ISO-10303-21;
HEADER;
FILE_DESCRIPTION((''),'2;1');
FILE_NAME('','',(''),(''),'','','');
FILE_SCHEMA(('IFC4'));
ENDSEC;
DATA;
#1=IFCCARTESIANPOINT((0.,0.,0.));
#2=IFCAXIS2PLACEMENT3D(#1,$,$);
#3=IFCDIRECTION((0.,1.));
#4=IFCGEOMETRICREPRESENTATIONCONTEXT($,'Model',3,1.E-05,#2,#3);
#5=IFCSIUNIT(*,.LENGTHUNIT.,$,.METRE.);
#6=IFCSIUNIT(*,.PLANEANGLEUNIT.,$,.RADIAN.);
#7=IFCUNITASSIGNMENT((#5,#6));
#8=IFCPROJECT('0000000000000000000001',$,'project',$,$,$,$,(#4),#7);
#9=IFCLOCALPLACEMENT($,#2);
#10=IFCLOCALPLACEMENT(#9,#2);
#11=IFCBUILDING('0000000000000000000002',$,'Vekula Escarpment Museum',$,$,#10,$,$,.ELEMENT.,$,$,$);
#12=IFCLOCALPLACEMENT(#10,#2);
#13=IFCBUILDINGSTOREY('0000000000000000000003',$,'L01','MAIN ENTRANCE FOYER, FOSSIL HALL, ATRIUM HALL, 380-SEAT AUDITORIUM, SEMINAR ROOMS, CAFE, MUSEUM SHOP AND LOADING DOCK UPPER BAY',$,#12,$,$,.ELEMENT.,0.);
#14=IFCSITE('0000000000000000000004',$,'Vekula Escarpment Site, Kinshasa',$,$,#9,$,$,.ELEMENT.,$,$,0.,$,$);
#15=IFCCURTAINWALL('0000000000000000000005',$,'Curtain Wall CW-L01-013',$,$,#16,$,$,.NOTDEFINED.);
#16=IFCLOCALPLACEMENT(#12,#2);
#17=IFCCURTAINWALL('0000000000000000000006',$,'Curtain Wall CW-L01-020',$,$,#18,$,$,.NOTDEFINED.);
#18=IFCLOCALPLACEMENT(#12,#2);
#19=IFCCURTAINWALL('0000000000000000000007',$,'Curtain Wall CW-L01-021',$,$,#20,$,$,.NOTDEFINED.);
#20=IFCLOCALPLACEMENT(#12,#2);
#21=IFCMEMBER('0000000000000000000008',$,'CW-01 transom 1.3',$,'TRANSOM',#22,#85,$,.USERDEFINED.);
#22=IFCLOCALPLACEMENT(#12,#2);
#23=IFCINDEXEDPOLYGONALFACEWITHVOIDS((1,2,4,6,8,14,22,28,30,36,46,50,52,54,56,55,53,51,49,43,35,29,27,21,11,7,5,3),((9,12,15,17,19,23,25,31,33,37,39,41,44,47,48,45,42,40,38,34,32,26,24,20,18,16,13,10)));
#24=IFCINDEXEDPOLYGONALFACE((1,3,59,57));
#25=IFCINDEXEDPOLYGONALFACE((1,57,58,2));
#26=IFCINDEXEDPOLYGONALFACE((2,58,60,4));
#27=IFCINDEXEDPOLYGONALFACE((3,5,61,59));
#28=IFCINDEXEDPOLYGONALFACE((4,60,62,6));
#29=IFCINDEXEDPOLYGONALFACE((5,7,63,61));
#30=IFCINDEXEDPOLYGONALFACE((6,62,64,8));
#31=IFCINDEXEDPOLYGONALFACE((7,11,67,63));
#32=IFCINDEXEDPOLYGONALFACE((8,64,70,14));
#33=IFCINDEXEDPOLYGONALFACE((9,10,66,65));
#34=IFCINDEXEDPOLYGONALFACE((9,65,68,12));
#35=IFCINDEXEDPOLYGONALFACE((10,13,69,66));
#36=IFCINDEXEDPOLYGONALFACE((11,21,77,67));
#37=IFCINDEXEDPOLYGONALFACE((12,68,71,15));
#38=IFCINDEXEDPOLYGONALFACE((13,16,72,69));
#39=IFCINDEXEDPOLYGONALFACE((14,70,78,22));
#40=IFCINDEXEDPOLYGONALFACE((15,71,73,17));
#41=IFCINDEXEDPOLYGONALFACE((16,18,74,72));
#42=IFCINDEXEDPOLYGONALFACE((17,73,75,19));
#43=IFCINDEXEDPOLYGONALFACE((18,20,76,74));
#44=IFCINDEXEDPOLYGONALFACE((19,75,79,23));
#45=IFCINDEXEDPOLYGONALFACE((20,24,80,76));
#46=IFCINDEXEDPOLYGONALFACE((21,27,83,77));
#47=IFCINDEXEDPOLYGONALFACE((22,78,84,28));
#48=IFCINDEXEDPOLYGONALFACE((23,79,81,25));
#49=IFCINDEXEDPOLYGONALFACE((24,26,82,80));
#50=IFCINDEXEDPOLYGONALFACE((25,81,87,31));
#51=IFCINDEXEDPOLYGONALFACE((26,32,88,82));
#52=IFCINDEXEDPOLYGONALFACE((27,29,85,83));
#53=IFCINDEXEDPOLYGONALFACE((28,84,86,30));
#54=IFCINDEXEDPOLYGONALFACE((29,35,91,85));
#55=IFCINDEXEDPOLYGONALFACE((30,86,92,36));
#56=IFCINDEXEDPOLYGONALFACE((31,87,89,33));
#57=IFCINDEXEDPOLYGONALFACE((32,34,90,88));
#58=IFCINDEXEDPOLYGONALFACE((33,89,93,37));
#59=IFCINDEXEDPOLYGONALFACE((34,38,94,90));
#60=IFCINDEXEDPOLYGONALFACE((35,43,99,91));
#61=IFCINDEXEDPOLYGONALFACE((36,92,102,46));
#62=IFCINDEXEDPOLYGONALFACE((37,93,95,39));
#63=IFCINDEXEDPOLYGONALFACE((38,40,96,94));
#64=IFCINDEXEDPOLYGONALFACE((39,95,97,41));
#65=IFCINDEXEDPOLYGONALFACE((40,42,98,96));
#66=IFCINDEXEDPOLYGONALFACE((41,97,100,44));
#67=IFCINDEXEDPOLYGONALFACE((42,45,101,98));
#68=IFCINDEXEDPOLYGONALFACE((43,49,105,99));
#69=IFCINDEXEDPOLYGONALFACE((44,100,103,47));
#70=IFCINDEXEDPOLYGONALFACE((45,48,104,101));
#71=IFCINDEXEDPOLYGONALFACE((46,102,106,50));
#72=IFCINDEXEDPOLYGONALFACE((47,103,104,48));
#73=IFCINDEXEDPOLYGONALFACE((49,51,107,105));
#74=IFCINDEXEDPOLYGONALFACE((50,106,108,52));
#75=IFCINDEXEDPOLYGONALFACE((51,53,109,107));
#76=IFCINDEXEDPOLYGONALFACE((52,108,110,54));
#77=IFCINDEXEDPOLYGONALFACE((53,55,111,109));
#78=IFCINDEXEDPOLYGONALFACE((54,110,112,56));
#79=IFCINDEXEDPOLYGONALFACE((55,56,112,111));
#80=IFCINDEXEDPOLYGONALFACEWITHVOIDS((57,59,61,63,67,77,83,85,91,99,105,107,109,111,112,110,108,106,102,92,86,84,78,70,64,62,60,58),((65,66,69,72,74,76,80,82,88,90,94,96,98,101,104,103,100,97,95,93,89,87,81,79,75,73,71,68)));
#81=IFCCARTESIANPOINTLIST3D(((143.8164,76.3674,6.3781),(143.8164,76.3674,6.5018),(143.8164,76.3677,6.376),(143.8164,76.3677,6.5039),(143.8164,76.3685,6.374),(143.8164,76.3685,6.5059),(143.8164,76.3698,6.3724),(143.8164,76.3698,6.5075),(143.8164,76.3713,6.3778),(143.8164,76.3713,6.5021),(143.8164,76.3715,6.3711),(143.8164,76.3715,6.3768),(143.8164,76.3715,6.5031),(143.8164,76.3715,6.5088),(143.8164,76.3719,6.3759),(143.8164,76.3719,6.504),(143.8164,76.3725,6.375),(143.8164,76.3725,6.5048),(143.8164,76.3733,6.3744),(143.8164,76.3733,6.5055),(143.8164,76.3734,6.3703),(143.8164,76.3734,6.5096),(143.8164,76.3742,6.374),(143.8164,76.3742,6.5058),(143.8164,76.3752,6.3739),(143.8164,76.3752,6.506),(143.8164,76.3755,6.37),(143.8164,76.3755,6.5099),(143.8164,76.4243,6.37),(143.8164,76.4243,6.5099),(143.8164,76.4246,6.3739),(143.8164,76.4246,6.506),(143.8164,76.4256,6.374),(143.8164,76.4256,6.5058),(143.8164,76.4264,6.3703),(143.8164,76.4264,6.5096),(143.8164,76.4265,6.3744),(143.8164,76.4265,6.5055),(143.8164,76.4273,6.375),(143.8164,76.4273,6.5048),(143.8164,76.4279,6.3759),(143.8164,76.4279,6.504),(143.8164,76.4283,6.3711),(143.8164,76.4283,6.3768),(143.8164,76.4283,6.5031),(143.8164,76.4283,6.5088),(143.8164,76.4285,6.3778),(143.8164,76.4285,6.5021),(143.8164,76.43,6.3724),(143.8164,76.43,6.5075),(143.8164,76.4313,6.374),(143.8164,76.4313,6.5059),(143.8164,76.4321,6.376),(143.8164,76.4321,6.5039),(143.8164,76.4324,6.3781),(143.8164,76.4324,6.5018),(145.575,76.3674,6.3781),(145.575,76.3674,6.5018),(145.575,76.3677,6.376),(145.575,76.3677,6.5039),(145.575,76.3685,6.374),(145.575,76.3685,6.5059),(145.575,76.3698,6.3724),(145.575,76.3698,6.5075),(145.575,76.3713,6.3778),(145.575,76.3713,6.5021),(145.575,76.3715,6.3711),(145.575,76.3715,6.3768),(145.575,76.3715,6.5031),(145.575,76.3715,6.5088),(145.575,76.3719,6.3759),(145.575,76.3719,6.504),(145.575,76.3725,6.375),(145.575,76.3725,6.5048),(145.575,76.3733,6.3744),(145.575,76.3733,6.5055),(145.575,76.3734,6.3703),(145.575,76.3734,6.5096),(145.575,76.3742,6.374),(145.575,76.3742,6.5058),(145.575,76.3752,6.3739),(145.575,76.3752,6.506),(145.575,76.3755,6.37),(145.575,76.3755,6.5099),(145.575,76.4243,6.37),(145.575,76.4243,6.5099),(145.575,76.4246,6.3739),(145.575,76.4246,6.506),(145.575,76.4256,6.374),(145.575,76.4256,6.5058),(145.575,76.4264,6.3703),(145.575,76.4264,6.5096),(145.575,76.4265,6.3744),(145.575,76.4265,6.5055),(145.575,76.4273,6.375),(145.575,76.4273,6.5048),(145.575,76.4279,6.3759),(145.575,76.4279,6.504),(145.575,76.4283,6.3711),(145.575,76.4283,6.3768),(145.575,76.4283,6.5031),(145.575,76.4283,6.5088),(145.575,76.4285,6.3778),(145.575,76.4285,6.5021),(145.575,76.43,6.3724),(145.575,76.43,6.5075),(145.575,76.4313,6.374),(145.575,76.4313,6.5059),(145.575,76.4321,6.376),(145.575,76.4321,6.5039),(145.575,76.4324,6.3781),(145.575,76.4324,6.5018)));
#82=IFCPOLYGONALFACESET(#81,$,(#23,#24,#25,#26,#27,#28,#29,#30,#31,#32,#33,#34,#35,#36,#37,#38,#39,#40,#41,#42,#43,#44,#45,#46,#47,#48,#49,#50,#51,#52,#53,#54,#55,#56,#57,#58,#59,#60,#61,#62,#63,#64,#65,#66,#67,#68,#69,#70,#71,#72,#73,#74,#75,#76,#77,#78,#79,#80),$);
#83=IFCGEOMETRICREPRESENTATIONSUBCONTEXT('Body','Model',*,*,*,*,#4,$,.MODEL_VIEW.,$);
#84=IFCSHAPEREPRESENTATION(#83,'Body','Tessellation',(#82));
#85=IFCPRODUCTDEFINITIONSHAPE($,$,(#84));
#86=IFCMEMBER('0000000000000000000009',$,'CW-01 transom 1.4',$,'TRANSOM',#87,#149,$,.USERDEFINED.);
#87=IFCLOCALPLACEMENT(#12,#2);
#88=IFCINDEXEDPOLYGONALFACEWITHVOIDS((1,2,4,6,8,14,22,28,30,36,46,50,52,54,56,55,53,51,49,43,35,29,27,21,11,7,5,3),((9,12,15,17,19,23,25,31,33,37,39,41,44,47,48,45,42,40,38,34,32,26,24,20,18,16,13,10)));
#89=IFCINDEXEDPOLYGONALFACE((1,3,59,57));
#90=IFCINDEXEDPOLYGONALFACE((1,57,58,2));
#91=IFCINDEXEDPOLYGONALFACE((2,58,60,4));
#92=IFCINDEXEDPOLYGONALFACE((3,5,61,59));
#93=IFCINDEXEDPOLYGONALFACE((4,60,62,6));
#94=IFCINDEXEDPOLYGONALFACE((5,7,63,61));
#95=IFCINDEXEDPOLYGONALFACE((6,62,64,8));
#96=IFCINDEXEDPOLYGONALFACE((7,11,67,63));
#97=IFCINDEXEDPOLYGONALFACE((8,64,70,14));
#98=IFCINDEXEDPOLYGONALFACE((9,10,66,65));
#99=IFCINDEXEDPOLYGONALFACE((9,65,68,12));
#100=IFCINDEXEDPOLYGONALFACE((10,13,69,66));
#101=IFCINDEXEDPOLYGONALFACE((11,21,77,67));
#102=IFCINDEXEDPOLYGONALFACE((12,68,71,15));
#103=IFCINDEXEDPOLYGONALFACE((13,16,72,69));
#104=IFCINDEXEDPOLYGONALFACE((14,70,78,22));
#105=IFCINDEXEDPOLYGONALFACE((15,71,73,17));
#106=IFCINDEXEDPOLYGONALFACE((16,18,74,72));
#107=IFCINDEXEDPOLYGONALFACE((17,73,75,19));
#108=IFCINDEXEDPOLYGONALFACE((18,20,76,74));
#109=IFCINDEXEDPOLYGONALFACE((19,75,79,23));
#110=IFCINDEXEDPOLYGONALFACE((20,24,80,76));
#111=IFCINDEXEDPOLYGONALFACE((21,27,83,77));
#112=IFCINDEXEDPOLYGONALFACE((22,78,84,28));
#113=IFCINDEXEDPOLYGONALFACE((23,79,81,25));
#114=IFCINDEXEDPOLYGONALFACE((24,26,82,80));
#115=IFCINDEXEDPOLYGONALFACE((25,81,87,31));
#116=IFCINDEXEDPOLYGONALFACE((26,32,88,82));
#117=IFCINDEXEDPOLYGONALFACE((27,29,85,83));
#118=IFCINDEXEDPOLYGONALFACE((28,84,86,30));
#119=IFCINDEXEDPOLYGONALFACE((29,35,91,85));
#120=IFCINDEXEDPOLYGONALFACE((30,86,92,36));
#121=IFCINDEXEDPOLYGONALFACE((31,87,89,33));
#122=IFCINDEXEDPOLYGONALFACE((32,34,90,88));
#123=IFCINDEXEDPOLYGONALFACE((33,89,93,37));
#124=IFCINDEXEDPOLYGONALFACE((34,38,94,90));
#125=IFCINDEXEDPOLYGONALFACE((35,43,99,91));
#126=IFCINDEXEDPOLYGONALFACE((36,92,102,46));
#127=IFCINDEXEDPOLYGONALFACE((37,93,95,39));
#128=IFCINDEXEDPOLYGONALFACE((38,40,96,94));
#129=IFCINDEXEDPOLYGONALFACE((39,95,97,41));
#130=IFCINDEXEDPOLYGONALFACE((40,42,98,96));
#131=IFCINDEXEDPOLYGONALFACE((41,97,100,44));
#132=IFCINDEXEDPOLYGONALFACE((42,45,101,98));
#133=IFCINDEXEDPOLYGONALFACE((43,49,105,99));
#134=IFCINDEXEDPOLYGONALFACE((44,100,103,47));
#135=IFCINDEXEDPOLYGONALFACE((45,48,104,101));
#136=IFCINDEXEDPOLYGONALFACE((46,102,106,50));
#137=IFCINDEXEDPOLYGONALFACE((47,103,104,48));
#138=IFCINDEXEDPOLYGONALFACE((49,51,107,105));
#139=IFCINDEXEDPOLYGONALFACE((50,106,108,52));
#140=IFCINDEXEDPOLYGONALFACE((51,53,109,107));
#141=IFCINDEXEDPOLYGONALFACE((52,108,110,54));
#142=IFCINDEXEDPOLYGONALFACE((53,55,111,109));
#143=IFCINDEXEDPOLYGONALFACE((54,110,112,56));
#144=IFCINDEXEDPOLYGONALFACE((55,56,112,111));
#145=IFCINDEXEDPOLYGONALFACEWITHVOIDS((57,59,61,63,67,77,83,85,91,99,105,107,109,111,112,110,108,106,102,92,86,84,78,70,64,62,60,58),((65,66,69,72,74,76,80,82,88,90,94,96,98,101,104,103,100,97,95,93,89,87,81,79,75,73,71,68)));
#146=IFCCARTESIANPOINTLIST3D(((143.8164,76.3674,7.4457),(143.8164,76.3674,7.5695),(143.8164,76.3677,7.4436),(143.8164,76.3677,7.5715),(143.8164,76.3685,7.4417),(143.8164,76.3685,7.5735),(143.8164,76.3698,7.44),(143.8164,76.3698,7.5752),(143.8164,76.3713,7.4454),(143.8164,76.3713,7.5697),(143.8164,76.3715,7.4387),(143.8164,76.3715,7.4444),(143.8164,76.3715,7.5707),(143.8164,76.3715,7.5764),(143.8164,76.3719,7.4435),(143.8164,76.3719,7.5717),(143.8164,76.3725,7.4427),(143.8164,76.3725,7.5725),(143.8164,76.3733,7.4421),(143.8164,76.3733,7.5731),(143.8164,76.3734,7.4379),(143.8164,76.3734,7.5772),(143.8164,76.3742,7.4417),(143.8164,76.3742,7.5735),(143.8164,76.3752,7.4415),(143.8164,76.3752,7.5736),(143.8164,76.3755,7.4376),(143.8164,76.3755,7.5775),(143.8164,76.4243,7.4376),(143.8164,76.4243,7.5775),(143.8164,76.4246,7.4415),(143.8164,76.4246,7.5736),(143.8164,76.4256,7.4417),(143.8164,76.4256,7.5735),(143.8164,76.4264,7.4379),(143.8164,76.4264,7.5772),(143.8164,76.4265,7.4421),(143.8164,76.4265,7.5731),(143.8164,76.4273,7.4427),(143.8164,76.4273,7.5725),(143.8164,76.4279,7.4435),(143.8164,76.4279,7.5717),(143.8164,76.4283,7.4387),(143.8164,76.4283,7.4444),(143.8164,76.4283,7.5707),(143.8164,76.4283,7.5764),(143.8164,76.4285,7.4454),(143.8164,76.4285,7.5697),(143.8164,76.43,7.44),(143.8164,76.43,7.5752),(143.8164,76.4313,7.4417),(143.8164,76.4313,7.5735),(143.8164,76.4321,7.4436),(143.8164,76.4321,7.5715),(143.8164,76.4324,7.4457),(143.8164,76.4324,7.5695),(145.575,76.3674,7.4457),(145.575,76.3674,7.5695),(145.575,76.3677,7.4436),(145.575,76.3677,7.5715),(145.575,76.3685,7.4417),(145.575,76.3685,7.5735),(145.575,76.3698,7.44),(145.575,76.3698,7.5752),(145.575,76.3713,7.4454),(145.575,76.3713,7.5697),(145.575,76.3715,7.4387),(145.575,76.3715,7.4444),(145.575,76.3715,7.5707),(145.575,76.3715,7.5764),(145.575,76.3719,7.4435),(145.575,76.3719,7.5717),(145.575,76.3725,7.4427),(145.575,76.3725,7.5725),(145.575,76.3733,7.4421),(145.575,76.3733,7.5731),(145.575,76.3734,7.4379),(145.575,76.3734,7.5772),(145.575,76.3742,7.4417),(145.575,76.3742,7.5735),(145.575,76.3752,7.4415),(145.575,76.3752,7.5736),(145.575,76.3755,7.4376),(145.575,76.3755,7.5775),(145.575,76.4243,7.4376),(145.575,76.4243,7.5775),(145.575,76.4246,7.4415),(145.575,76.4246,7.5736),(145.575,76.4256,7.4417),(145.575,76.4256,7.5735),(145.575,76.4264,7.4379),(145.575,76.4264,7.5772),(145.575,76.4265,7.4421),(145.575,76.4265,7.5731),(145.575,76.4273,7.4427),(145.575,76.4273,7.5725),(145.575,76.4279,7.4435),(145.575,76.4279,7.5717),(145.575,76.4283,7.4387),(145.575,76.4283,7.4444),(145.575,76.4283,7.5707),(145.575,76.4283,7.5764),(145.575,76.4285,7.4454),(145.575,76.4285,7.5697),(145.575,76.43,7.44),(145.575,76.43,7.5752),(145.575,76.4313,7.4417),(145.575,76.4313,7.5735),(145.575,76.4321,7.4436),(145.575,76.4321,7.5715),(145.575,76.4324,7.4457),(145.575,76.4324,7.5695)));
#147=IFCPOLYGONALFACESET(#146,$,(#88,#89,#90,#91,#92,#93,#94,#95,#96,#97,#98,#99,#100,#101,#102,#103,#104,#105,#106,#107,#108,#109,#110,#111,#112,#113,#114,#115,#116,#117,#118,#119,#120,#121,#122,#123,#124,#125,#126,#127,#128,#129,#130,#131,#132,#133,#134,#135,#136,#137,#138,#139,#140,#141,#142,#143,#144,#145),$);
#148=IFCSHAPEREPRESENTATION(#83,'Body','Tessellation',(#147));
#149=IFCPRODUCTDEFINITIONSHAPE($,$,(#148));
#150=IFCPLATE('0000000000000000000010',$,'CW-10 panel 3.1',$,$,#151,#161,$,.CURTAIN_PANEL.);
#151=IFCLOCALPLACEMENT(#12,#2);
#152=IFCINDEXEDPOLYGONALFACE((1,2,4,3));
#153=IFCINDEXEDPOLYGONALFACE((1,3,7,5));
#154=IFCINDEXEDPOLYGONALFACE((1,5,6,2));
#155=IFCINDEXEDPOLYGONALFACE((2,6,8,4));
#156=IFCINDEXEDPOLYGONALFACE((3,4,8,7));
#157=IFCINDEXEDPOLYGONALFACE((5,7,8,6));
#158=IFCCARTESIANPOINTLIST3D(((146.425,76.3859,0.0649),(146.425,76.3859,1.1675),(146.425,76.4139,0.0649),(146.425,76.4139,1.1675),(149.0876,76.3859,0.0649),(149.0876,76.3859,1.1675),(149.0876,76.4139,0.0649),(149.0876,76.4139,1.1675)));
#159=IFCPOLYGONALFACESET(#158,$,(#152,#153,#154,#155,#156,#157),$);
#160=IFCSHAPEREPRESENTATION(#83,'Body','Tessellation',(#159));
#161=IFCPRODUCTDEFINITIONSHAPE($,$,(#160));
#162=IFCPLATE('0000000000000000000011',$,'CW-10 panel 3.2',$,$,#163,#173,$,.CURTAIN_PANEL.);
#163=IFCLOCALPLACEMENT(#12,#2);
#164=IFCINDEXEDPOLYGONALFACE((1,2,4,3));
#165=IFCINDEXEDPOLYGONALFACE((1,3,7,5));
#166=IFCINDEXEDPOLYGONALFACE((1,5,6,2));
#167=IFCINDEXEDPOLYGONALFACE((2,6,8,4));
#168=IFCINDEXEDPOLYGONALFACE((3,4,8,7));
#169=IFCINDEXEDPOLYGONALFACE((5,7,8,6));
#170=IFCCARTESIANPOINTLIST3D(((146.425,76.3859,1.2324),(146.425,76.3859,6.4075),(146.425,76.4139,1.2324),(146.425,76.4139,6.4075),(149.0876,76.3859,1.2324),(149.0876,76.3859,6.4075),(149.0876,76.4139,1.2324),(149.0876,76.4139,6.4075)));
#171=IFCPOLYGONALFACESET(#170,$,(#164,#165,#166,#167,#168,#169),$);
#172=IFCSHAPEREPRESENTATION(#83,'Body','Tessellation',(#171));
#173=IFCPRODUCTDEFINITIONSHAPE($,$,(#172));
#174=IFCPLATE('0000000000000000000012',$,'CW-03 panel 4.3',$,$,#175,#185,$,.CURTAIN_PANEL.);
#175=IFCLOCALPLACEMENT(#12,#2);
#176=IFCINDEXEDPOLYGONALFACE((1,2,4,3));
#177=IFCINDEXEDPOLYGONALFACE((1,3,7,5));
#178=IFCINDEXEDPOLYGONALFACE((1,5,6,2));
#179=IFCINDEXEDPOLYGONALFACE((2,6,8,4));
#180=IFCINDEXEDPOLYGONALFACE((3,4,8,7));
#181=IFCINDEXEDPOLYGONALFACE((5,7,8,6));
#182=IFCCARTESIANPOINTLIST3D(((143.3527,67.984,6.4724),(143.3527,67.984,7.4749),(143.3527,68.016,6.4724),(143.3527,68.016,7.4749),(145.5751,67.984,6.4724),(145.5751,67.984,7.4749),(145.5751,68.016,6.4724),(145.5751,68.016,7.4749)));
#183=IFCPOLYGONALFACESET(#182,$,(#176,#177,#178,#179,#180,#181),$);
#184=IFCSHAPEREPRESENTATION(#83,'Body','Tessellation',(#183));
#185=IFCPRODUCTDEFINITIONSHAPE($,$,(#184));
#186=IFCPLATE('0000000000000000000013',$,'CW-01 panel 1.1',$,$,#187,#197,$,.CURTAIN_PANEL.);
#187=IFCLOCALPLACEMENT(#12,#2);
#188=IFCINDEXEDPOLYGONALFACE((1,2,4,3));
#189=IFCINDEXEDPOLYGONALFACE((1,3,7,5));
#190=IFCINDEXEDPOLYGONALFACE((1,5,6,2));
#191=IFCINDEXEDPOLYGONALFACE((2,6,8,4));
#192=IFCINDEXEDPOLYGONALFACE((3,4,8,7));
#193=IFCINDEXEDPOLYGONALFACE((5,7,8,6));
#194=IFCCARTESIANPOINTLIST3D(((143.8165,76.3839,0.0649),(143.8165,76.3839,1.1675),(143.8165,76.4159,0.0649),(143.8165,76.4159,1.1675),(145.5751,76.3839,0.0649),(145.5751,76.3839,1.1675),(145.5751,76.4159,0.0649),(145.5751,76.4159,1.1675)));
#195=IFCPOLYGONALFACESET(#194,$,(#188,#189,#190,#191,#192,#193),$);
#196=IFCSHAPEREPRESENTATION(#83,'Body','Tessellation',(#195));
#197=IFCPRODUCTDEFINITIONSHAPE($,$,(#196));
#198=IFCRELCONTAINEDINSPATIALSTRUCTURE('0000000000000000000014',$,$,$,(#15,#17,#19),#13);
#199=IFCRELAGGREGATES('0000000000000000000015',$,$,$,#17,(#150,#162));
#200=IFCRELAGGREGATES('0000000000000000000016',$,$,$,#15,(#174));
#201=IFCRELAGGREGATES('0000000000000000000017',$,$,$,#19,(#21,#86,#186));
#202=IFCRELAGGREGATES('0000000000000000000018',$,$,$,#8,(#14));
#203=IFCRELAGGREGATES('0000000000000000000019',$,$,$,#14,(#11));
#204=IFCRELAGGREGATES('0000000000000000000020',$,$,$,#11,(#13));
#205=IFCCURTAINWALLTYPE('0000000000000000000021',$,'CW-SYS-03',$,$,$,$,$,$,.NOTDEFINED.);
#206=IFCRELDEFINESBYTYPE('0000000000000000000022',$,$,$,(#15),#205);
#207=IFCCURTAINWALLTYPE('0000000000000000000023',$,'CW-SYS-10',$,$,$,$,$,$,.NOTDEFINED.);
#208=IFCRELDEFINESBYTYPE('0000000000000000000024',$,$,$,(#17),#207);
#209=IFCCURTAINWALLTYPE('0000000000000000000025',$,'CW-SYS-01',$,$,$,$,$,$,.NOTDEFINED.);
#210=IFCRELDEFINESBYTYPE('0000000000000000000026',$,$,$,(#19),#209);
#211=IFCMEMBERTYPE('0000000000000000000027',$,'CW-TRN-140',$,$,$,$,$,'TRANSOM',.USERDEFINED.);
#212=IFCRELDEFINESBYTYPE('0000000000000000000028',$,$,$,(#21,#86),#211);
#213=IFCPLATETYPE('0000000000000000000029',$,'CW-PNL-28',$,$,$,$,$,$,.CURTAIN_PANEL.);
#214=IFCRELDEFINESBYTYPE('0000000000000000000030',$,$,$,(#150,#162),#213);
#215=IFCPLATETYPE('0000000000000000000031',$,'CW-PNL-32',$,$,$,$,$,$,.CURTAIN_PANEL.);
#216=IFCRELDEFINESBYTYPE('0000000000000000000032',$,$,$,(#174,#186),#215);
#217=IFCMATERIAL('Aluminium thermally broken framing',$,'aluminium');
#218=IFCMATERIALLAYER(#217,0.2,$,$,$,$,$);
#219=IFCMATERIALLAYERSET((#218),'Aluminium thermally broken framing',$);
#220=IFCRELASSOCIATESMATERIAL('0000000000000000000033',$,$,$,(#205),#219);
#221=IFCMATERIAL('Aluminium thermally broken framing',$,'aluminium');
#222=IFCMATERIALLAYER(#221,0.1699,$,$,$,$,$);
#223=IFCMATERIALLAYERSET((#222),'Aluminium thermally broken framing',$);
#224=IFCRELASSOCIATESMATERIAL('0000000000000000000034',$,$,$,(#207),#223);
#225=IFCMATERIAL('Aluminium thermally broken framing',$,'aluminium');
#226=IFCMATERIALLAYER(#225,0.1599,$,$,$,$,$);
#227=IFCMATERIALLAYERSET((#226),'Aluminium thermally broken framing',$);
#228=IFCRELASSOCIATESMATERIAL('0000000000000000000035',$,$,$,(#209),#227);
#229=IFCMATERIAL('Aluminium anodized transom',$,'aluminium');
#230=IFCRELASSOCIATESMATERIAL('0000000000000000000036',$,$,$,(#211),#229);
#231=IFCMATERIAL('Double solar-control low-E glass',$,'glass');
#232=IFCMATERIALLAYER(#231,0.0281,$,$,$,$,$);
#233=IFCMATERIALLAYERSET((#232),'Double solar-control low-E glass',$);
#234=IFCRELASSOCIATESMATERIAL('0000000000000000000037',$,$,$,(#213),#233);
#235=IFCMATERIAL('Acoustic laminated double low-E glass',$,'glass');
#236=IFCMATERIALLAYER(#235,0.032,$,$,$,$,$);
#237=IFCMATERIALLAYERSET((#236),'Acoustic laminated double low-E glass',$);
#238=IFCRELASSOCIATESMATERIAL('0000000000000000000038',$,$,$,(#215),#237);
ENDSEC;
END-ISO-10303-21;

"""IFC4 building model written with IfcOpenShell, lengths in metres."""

from ifc_helpers import new_model, si_unit, direction, frame, origin, origin_2d, place, context, subcontext, project, spatial, rectangle, hollow_rectangle, extrude, material, layer, layer_set, material_profile, profile_set, type_object, element, aggregate, save


model = new_model("IFC4")

# Units and contexts
model_context = context("Model", 3, precision=1e-05, world=origin(), true_north=direction((0.0, 1.0)))
body_context = subcontext(model_context, "Body", "Model", "MODEL_VIEW")
ifc_project = project(units=[si_unit("LENGTHUNIT", "METRE"), si_unit("PLANEANGLEUNIT", "RADIAN")], contexts=[model_context])

# Site, building, storey
site_placement = place(None, origin())
site = spatial("IfcSite", under=ifc_project, at=site_placement, Name="Vekula Escarpment Site, Kinshasa", CompositionType="ELEMENT", RefElevation=0.0)
building_placement = place(site_placement, origin())
building = spatial("IfcBuilding", under=site, at=building_placement, Name="Vekula Escarpment Museum", CompositionType="ELEMENT")
storey_placement = place(building_placement, origin())
storey = spatial("IfcBuildingStorey", under=building, at=storey_placement, Name="L01", Description="MAIN ENTRANCE FOYER, FOSSIL HALL, ATRIUM HALL, 380-SEAT AUDITORIUM, SEMINAR ROOMS, CAFE, MUSEUM SHOP AND LOADING DOCK UPPER BAY", CompositionType="ELEMENT", Elevation=0.0)

# Curtain walls
ifc_material_1 = material(Name="Aluminium thermally broken framing", Category="aluminium")
ifc_layer_1 = layer(ifc_material_1, 0.2)
ifc_layer_set_1 = layer_set([ifc_layer_1], Name="Aluminium thermally broken framing")
curtain_wall_type_1 = type_object("IfcCurtainWallType", Name="CW-SYS-03", PredefinedType="NOTDEFINED", material=ifc_layer_set_1)
curtain_wall_1_placement = place(storey_placement, origin())
curtain_wall_1 = element("IfcCurtainWall", 1, at=curtain_wall_1_placement, inside=storey, type_object=curtain_wall_type_1, Name="Curtain Wall CW-L01-013", PredefinedType="NOTDEFINED")
ifc_material_2 = material(Name="Aluminium thermally broken framing", Category="aluminium")
ifc_layer_2 = layer(ifc_material_2, 0.1699)
ifc_layer_set_2 = layer_set([ifc_layer_2], Name="Aluminium thermally broken framing")
curtain_wall_type_2 = type_object("IfcCurtainWallType", Name="CW-SYS-10", PredefinedType="NOTDEFINED", material=ifc_layer_set_2)
curtain_wall_2_placement = place(storey_placement, origin())
curtain_wall_2 = element("IfcCurtainWall", 2, at=curtain_wall_2_placement, inside=storey, type_object=curtain_wall_type_2, Name="Curtain Wall CW-L01-020", PredefinedType="NOTDEFINED")
ifc_material_3 = material(Name="Aluminium thermally broken framing", Category="aluminium")
ifc_layer_3 = layer(ifc_material_3, 0.1599)
ifc_layer_set_3 = layer_set([ifc_layer_3], Name="Aluminium thermally broken framing")
curtain_wall_type_3 = type_object("IfcCurtainWallType", Name="CW-SYS-01", PredefinedType="NOTDEFINED", material=ifc_layer_set_3)
curtain_wall_3_placement = place(storey_placement, origin())
curtain_wall_3 = element("IfcCurtainWall", 3, at=curtain_wall_3_placement, inside=storey, type_object=curtain_wall_type_3, Name="Curtain Wall CW-L01-021", PredefinedType="NOTDEFINED")

# Members
ifc_material_4 = material(Name="Aluminium anodized transom", Category="aluminium")
ifc_material_profile_1 = material_profile(ifc_material_4, hollow_rectangle(XDim=0.0649, YDim=0.1399, WallThickness=0.0039, InnerFilletRadius=0.0039, OuterFilletRadius=0.0081, at=origin_2d()), Name="ALU 140x65x4")
ifc_profile_set_1 = profile_set([ifc_material_profile_1], Name="Aluminium anodized transom")
member_type_1 = type_object("IfcMemberType", Name="CW-TRN-140", ElementType="TRANSOM", PredefinedType="USERDEFINED", material=ifc_profile_set_1)
member_1_placement = place(storey_placement, frame((145.575, 76.3999, 6.4399), z_axis=(-1.0, 0.0, 0.0), x_axis=(0.0, -1.0, 0.0)))
member_1 = element("IfcMember", 4, at=member_1_placement, type_object=member_type_1, Name="CW-01 transom 1.3", ObjectType="TRANSOM", PredefinedType="USERDEFINED", context=body_context, shape_type="SweptSolid", body=[
    extrude(hollow_rectangle(XDim=0.0649, YDim=0.1399, WallThickness=0.0039, InnerFilletRadius=0.0039, OuterFilletRadius=0.0081, at=origin_2d()), origin(), (0.0, 0.0, 1.0), 1.7585),
])
member_2_placement = place(storey_placement, frame((145.575, 76.3999, 7.5076), z_axis=(-1.0, 0.0, 0.0), x_axis=(0.0, -1.0, 0.0)))
member_2 = element("IfcMember", 5, at=member_2_placement, type_object=member_type_1, Name="CW-01 transom 1.4", ObjectType="TRANSOM", PredefinedType="USERDEFINED", context=body_context, shape_type="SweptSolid", body=[
    extrude(hollow_rectangle(XDim=0.0649, YDim=0.1399, WallThickness=0.0039, InnerFilletRadius=0.0039, OuterFilletRadius=0.0081, at=origin_2d()), origin(), (0.0, 0.0, 1.0), 1.7585),
])

# Plates
ifc_material_5 = material(Name="Double solar-control low-E glass", Category="glass")
ifc_layer_4 = layer(ifc_material_5, 0.0281)
ifc_layer_set_4 = layer_set([ifc_layer_4], Name="Double solar-control low-E glass")
plate_type_1 = type_object("IfcPlateType", Name="CW-PNL-28", PredefinedType="CURTAIN_PANEL", material=ifc_layer_set_4)
plate_1_placement = place(storey_placement, frame((147.7563, 76.3999, 0.0649), z_axis=(0.0, 0.0, 1.0), x_axis=(-1.0, 0.0, 0.0)))
plate_1 = element("IfcPlate", 6, at=plate_1_placement, type_object=plate_type_1, Name="CW-10 panel 3.1", PredefinedType="CURTAIN_PANEL", context=body_context, shape_type="SweptSolid", body=[
    extrude(rectangle(XDim=2.6626, YDim=0.0281, at=origin_2d()), origin(), (0.0, 0.0, 1.0), 1.1025),
])
plate_2_placement = place(storey_placement, frame((147.7563, 76.3999, 1.2324), z_axis=(0.0, 0.0, 1.0), x_axis=(-1.0, 0.0, 0.0)))
plate_2 = element("IfcPlate", 7, at=plate_2_placement, type_object=plate_type_1, Name="CW-10 panel 3.2", PredefinedType="CURTAIN_PANEL", context=body_context, shape_type="SweptSolid", body=[
    extrude(rectangle(XDim=2.6626, YDim=0.0281, at=origin_2d()), origin(), (0.0, 0.0, 1.0), 5.175),
])
aggregate(curtain_wall_2, [plate_1, plate_2])
ifc_material_6 = material(Name="Acoustic laminated double low-E glass", Category="glass")
ifc_layer_5 = layer(ifc_material_6, 0.032)
ifc_layer_set_5 = layer_set([ifc_layer_5], Name="Acoustic laminated double low-E glass")
plate_type_2 = type_object("IfcPlateType", Name="CW-PNL-32", PredefinedType="CURTAIN_PANEL", material=ifc_layer_set_5)
plate_3_placement = place(storey_placement, frame((144.4639, 68.0, 6.4724), z_axis=(0.0, 0.0, 1.0), x_axis=(1.0, 0.0, 0.0)))
plate_3 = element("IfcPlate", 8, at=plate_3_placement, type_object=plate_type_2, Name="CW-03 panel 4.3", PredefinedType="CURTAIN_PANEL", context=body_context, shape_type="SweptSolid", body=[
    extrude(rectangle(XDim=2.2224, YDim=0.032, at=origin_2d()), origin(), (0.0, 0.0, 1.0), 1.0024),
])
aggregate(curtain_wall_1, [plate_3])
plate_4_placement = place(storey_placement, frame((144.6958, 76.3999, 0.0649), z_axis=(0.0, 0.0, 1.0), x_axis=(-1.0, 0.0, 0.0)))
plate_4 = element("IfcPlate", 9, at=plate_4_placement, type_object=plate_type_2, Name="CW-01 panel 1.1", PredefinedType="CURTAIN_PANEL", context=body_context, shape_type="SweptSolid", body=[
    extrude(rectangle(XDim=1.7585, YDim=0.032, at=origin_2d()), origin(), (0.0, 0.0, 1.0), 1.1025),
])
aggregate(curtain_wall_3, [member_1, member_2, plate_4])

save(model, "model.ifc")
